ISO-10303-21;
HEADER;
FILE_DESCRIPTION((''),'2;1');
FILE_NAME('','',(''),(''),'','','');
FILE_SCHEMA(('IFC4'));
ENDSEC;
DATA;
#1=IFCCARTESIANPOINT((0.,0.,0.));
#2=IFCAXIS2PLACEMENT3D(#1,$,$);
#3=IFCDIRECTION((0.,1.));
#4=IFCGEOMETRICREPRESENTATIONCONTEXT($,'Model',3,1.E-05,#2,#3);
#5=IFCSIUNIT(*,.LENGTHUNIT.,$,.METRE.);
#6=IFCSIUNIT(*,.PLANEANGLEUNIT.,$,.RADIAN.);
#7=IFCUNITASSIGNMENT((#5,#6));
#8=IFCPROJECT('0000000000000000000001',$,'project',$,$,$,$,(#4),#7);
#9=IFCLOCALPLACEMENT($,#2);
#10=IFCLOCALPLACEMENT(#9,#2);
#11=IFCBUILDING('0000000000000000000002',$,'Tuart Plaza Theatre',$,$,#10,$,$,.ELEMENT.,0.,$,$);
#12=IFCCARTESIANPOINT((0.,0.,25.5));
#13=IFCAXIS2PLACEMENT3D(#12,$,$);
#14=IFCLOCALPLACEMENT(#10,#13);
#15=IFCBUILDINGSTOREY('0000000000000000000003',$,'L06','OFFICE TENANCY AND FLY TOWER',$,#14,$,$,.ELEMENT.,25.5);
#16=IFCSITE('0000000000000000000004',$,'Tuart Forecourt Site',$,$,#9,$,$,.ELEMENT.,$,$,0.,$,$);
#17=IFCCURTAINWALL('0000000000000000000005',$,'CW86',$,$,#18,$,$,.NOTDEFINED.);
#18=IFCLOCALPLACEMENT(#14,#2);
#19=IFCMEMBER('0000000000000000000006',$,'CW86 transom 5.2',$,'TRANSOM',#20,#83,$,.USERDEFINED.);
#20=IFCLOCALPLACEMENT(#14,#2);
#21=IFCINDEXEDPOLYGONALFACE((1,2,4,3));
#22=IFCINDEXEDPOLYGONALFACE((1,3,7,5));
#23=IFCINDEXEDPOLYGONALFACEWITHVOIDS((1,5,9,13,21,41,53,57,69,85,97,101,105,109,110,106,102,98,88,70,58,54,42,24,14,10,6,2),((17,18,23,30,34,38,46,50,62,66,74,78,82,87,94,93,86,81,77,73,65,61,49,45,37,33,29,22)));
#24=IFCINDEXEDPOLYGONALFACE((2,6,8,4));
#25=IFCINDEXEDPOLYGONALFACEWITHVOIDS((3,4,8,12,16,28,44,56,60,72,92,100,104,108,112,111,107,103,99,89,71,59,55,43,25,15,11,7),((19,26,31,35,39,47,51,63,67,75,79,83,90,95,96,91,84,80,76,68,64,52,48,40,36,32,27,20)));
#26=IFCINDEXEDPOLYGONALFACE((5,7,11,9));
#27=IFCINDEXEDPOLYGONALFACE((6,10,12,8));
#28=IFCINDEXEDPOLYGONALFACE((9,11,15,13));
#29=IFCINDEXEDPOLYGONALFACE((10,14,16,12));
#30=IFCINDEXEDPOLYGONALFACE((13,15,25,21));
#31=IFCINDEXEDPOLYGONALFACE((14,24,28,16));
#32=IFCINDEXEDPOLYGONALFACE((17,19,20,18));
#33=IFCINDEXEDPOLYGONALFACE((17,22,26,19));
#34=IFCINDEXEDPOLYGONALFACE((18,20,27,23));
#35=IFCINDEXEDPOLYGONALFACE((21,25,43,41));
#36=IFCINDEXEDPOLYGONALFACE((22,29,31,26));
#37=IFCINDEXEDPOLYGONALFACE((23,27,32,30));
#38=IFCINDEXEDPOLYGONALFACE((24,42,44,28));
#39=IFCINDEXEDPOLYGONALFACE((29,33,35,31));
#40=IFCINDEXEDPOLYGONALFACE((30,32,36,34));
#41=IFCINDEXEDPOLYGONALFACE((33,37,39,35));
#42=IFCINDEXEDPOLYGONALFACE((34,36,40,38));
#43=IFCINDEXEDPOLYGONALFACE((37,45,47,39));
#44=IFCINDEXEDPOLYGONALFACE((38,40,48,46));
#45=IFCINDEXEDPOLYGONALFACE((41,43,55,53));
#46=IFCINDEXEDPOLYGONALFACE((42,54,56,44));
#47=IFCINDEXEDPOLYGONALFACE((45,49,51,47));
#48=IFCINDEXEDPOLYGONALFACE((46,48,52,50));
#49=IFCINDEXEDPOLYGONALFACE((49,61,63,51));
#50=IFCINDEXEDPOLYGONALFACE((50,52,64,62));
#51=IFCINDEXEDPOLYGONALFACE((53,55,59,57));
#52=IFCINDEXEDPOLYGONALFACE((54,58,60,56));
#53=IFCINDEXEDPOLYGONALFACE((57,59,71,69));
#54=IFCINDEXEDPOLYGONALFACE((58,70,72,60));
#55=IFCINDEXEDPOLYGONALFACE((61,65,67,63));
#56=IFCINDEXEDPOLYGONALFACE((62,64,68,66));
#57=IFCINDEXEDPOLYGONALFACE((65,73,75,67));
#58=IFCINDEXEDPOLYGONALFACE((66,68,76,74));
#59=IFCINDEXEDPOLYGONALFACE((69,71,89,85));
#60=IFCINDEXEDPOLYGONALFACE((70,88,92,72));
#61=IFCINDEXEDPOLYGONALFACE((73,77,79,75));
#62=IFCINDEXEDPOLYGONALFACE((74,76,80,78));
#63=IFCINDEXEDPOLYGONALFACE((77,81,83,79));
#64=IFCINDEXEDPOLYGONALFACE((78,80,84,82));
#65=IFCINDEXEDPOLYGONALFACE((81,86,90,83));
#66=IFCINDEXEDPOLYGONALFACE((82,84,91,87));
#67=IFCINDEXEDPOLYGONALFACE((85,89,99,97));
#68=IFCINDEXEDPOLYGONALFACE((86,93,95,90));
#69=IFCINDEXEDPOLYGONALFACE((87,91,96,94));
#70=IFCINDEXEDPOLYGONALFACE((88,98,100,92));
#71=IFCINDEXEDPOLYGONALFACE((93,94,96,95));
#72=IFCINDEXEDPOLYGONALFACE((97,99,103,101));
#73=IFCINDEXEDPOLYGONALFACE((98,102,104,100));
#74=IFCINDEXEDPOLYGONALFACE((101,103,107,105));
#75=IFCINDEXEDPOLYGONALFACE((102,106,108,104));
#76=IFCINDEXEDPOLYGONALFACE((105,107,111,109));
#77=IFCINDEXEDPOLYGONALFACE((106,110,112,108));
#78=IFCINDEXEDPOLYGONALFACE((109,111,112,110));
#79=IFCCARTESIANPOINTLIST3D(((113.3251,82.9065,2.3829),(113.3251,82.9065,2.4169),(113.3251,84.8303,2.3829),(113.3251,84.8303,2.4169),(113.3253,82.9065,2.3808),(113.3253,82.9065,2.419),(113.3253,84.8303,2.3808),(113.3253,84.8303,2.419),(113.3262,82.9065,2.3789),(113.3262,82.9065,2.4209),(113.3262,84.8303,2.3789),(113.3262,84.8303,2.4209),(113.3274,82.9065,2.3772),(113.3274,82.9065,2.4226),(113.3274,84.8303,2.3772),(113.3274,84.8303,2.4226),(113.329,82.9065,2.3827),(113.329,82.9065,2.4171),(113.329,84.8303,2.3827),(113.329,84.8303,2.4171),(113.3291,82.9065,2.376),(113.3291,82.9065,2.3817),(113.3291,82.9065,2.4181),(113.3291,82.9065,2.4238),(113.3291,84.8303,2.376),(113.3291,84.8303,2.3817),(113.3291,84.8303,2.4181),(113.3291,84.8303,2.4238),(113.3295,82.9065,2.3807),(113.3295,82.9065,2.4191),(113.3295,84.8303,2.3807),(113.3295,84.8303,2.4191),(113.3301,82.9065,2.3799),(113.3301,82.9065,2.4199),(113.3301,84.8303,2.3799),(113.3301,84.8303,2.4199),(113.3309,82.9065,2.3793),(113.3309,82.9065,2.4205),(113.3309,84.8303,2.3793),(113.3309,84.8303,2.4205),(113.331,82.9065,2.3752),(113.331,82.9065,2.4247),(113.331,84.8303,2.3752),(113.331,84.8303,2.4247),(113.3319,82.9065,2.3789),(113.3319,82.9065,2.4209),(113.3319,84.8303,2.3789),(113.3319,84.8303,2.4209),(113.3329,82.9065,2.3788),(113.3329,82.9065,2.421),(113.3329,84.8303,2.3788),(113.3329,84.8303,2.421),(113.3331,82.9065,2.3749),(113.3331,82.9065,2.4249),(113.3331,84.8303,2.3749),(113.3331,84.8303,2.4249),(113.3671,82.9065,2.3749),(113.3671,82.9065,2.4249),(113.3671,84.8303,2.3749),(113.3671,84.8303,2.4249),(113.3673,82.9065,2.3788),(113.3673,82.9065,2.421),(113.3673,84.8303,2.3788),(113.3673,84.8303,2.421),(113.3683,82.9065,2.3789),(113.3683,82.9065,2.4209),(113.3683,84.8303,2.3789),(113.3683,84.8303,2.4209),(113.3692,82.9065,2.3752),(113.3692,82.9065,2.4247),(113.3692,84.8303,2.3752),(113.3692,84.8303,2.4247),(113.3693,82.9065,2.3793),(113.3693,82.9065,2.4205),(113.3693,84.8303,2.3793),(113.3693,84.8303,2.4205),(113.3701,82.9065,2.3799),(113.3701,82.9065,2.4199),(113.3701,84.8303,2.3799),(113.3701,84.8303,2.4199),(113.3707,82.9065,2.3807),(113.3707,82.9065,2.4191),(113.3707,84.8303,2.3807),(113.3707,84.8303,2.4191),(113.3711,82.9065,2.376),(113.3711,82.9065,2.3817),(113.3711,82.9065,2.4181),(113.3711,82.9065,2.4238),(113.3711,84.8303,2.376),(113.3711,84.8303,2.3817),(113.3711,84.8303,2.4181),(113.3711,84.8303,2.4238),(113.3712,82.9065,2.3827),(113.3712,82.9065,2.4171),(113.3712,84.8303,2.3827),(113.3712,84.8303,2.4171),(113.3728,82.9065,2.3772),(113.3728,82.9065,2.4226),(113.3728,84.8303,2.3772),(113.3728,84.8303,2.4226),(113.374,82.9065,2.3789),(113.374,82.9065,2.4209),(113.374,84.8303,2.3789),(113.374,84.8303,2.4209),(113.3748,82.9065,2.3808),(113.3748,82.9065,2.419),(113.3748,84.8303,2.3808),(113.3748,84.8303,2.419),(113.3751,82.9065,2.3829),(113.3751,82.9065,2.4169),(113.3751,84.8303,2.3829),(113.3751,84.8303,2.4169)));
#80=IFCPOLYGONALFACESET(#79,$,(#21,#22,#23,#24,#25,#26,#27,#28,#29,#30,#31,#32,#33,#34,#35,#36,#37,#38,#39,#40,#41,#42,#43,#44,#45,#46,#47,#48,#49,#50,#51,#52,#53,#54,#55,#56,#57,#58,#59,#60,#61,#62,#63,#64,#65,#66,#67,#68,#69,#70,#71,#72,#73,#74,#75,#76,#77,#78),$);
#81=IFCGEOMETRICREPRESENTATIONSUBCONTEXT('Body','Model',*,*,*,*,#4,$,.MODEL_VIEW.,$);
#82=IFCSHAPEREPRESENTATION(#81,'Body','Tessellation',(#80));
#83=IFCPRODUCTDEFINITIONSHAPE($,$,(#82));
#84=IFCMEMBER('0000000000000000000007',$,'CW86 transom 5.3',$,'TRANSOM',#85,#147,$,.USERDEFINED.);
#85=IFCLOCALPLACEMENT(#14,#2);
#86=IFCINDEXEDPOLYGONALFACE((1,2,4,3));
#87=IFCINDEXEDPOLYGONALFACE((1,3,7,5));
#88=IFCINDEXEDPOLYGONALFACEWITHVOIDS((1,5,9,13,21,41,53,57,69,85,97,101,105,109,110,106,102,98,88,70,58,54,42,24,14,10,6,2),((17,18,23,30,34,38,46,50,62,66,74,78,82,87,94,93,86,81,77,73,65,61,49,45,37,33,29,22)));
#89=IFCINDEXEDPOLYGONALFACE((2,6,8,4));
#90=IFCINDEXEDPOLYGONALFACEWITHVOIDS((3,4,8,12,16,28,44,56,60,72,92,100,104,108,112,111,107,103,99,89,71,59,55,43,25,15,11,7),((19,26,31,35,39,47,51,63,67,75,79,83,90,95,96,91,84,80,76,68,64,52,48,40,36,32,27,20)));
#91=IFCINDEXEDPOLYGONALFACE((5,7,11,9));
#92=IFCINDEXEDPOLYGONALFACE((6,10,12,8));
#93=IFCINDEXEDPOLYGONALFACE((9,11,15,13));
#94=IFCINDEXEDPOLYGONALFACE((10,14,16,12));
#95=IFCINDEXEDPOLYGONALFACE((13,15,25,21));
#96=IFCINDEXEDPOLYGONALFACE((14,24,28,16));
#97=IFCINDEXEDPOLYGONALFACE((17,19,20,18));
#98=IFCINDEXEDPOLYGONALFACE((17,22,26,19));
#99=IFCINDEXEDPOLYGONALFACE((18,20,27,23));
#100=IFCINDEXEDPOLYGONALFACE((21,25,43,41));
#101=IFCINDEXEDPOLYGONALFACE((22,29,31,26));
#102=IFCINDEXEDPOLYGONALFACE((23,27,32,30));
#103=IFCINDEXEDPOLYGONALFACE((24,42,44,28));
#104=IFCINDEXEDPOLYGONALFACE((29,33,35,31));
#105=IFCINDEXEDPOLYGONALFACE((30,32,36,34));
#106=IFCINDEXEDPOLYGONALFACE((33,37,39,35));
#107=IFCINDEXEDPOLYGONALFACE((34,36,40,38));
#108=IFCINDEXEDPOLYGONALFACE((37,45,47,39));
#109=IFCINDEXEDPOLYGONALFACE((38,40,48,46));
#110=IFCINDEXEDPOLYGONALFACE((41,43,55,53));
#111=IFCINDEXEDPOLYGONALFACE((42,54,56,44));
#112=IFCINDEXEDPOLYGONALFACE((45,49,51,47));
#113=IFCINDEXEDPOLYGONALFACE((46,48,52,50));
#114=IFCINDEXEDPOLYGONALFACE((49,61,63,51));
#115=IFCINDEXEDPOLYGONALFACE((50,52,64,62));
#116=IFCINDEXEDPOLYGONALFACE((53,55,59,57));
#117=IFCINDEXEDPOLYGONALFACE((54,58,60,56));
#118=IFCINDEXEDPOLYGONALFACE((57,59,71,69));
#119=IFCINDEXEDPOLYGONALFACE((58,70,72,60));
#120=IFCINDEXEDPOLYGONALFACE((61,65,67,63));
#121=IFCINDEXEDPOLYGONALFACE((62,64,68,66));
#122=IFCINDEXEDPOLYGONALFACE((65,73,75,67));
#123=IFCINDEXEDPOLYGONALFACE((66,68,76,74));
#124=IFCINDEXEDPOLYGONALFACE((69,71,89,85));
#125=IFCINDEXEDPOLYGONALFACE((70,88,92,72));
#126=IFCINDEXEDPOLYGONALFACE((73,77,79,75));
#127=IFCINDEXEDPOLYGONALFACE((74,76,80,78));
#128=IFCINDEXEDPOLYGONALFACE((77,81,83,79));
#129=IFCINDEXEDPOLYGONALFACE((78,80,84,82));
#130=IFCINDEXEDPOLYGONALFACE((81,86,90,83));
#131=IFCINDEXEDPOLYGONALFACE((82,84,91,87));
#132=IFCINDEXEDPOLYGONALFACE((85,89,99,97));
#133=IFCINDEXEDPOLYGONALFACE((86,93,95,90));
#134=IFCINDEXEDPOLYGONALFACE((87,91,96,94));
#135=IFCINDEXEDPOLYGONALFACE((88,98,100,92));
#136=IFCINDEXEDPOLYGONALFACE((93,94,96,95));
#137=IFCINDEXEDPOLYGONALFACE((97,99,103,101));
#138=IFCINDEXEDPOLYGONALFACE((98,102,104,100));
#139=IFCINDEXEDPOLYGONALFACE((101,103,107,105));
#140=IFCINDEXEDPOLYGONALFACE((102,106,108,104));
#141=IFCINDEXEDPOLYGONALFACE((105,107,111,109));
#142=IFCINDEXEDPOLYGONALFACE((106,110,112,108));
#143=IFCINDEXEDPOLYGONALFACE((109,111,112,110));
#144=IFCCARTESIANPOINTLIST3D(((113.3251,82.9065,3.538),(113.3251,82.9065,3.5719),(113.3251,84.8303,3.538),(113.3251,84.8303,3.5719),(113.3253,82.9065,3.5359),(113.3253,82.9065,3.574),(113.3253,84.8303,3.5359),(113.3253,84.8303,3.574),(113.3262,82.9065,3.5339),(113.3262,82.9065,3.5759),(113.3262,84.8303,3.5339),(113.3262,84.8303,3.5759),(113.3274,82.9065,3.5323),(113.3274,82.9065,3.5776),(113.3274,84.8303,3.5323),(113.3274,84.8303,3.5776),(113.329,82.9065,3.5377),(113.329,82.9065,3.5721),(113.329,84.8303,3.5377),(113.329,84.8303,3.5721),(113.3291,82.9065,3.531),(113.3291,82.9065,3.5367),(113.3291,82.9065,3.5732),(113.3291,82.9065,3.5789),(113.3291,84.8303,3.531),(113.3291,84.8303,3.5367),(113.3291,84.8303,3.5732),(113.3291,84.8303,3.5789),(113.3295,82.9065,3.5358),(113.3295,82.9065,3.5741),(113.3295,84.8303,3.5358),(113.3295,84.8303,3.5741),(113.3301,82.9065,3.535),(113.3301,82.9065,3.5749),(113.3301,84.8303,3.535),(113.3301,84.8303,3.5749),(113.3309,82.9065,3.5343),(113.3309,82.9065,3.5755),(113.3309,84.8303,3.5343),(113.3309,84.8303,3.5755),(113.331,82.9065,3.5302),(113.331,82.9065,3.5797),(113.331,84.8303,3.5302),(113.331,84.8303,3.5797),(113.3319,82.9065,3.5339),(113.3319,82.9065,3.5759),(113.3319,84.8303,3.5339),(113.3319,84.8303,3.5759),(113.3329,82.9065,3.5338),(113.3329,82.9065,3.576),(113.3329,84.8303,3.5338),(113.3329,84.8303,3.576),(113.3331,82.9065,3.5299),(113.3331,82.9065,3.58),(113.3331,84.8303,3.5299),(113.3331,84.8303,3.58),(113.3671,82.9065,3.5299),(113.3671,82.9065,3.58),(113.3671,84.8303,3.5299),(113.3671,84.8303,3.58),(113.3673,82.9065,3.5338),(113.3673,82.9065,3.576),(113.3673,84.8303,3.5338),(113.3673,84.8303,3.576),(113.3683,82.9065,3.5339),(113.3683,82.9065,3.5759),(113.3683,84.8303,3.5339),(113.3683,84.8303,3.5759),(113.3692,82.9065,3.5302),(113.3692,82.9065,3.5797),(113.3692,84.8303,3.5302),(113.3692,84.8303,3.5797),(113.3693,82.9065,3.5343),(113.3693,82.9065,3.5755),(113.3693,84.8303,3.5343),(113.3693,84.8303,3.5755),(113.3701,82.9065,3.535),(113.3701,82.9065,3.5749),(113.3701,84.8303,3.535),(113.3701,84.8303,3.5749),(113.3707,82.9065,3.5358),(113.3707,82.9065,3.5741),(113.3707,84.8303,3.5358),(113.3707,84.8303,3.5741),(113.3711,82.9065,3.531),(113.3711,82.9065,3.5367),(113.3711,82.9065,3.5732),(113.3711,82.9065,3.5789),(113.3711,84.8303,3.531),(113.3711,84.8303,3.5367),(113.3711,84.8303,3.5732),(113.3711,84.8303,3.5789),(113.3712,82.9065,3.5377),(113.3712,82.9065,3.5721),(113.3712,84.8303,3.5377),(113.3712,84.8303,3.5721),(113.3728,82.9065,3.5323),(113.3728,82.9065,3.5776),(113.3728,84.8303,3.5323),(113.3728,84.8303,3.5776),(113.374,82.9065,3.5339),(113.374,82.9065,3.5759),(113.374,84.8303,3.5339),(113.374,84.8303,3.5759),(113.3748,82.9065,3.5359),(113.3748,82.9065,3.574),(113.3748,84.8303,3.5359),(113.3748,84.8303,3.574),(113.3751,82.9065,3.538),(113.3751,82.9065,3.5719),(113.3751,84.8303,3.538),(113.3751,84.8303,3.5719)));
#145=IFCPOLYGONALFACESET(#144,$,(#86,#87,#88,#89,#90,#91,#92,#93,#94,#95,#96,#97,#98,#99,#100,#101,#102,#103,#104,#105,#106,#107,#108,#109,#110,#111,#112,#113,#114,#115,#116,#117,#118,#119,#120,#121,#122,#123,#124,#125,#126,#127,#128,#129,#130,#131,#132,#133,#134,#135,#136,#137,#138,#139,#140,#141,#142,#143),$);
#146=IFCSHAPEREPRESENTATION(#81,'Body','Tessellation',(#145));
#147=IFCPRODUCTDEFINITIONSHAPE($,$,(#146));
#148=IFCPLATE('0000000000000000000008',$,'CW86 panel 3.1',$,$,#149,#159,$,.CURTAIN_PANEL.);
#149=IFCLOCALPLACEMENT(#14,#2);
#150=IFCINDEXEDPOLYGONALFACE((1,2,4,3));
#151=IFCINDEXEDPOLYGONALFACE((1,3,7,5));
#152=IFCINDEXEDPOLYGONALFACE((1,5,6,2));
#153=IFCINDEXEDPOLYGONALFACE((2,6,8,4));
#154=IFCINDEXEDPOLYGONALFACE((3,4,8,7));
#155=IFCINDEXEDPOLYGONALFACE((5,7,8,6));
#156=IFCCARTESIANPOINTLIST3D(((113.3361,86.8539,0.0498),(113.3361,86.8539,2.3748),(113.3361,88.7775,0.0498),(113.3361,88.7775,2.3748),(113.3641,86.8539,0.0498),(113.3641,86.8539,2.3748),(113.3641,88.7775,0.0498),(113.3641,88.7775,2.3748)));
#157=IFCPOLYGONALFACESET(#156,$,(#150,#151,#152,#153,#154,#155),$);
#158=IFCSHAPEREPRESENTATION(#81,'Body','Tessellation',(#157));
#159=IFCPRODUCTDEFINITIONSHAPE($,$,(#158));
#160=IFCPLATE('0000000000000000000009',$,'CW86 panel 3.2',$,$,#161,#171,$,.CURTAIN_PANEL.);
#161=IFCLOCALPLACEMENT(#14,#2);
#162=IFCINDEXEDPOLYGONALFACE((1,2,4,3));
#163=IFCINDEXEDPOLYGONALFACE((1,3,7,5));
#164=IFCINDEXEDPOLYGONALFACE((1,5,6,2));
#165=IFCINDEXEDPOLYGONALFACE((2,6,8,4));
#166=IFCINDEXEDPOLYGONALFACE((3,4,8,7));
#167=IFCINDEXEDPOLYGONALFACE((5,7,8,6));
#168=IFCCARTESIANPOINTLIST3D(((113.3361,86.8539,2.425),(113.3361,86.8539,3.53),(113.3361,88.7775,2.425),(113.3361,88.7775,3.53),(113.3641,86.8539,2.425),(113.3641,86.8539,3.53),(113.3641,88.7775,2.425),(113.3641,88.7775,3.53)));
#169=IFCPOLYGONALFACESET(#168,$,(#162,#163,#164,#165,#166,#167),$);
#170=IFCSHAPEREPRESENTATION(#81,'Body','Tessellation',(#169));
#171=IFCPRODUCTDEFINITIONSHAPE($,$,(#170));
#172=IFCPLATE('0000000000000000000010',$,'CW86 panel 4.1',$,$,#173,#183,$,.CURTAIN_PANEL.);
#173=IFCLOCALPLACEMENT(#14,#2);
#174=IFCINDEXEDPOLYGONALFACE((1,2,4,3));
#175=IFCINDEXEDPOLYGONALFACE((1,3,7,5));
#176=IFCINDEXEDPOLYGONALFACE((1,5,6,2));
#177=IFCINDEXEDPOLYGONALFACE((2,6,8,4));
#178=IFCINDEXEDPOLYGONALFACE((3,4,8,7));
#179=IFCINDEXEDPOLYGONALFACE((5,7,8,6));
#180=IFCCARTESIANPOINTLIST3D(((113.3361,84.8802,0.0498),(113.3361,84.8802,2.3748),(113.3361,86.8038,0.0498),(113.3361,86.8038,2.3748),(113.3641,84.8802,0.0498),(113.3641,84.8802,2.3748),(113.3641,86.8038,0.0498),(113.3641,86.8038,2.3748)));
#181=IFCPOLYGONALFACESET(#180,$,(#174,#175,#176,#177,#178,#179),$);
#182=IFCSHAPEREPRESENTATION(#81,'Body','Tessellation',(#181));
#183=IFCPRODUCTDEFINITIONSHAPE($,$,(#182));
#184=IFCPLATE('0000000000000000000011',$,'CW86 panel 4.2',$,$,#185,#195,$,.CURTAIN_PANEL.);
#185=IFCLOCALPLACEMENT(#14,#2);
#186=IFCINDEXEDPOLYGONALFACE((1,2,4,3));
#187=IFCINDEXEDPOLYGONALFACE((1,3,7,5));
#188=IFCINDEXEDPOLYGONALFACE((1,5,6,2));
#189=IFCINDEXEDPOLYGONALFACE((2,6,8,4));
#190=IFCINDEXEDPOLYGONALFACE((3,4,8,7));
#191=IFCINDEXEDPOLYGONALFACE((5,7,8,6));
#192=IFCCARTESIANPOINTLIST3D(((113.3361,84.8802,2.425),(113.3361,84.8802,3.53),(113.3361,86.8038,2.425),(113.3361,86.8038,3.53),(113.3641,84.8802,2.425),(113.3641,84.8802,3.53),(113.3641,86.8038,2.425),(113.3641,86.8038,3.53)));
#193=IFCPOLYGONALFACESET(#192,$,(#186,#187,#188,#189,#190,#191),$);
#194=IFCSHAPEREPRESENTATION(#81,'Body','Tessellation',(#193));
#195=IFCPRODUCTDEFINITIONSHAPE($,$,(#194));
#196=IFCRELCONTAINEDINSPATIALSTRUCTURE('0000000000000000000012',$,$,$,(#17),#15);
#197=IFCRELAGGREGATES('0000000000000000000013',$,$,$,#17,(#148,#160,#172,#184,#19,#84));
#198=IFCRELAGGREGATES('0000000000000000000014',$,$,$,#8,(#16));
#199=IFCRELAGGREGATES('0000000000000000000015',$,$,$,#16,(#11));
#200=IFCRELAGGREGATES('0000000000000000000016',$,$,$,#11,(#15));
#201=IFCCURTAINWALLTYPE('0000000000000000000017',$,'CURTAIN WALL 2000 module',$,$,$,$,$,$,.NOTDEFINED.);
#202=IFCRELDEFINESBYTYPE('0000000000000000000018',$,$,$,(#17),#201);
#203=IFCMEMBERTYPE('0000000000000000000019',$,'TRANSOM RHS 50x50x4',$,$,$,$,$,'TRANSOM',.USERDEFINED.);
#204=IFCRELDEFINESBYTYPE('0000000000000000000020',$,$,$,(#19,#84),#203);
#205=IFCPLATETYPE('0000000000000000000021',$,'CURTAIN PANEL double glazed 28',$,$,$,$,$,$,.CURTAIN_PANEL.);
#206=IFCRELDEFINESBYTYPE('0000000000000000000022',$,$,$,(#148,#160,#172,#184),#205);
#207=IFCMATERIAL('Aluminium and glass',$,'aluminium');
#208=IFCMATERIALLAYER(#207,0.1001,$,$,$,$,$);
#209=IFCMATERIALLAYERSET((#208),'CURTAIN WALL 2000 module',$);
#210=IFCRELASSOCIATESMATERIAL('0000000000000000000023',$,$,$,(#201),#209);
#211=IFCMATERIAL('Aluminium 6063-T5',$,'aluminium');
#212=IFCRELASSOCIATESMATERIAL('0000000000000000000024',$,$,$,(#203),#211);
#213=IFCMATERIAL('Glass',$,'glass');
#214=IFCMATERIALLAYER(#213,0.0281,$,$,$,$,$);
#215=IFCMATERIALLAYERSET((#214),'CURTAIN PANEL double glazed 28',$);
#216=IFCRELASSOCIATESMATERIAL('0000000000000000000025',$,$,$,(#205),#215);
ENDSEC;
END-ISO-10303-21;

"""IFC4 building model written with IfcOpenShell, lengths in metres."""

from ifc_helpers import new_model, si_unit, direction, frame, origin, origin_2d, place, context, subcontext, project, spatial, rectangle, hollow_rectangle, extrude, material, layer, layer_set, material_profile, profile_set, type_object, element, aggregate, save


model = new_model("IFC4")

# Units and contexts
model_context = context("Model", 3, precision=1e-05, world=origin(), true_north=direction((0.0, 1.0)))
body_context = subcontext(model_context, "Body", "Model", "MODEL_VIEW")
ifc_project = project(units=[si_unit("LENGTHUNIT", "METRE"), si_unit("PLANEANGLEUNIT", "RADIAN")], contexts=[model_context])

# Site, building, storey
site_placement = place(None, origin())
site = spatial("IfcSite", under=ifc_project, at=site_placement, Name="Tuart Forecourt Site", CompositionType="ELEMENT", RefElevation=0.0)
building_placement = place(site_placement, origin())
building = spatial("IfcBuilding", under=site, at=building_placement, Name="Tuart Plaza Theatre", CompositionType="ELEMENT", ElevationOfRefHeight=0.0)
storey_placement = place(building_placement, frame((0.0, 0.0, 25.5)))
storey = spatial("IfcBuildingStorey", under=building, at=storey_placement, Name="L06", Description="OFFICE TENANCY AND FLY TOWER", CompositionType="ELEMENT", Elevation=25.5)

# Curtain wall, members, plates
ifc_material_1 = material(Name="Aluminium and glass", Category="aluminium")
ifc_layer_1 = layer(ifc_material_1, 0.1001)
ifc_layer_set_1 = layer_set([ifc_layer_1], Name="CURTAIN WALL 2000 module")
curtain_wall_type = type_object("IfcCurtainWallType", Name="CURTAIN WALL 2000 module", PredefinedType="NOTDEFINED", material=ifc_layer_set_1)
curtain_wall_placement = place(storey_placement, origin())
curtain_wall = element("IfcCurtainWall", 1, at=curtain_wall_placement, inside=storey, type_object=curtain_wall_type, Name="CW86", PredefinedType="NOTDEFINED")
ifc_material_2 = material(Name="Aluminium 6063-T5", Category="aluminium")
ifc_material_profile_1 = material_profile(ifc_material_2, hollow_rectangle(XDim=0.05, YDim=0.05, WallThickness=0.0039, InnerFilletRadius=0.0039, OuterFilletRadius=0.0081, at=origin_2d()), Name="RHS 50x50x4")
ifc_profile_set_1 = profile_set([ifc_material_profile_1], Name="Aluminium 6063-T5")
member_type = type_object("IfcMemberType", Name="TRANSOM RHS 50x50x4", ElementType="TRANSOM", PredefinedType="USERDEFINED", material=ifc_profile_set_1)
member_1_placement = place(storey_placement, frame((113.3501, 84.8303, 2.3999), z_axis=(0.0, -1.0, 0.0), x_axis=(1.0, 0.0, 0.0)))
member_1 = element("IfcMember", 2, at=member_1_placement, type_object=member_type, Name="CW86 transom 5.2", ObjectType="TRANSOM", PredefinedType="USERDEFINED", context=body_context, shape_type="SweptSolid", body=[
    extrude(hollow_rectangle(XDim=0.05, YDim=0.05, WallThickness=0.0039, InnerFilletRadius=0.0039, OuterFilletRadius=0.0081, at=origin_2d()), origin(), (0.0, 0.0, 1.0), 1.9238),
])
member_2_placement = place(storey_placement, frame((113.3501, 84.8303, 3.5549), z_axis=(0.0, -1.0, 0.0), x_axis=(1.0, 0.0, 0.0)))
member_2 = element("IfcMember", 3, at=member_2_placement, type_object=member_type, Name="CW86 transom 5.3", ObjectType="TRANSOM", PredefinedType="USERDEFINED", context=body_context, shape_type="SweptSolid", body=[
    extrude(hollow_rectangle(XDim=0.05, YDim=0.05, WallThickness=0.0039, InnerFilletRadius=0.0039, OuterFilletRadius=0.0081, at=origin_2d()), origin(), (0.0, 0.0, 1.0), 1.9238),
])
ifc_material_3 = material(Name="Glass", Category="glass")
ifc_layer_2 = layer(ifc_material_3, 0.0281)
ifc_layer_set_2 = layer_set([ifc_layer_2], Name="CURTAIN PANEL double glazed 28")
plate_type = type_object("IfcPlateType", Name="CURTAIN PANEL double glazed 28", PredefinedType="CURTAIN_PANEL", material=ifc_layer_set_2)
plate_1_placement = place(storey_placement, frame((113.3501, 87.8157, 0.0498), z_axis=(0.0, 0.0, 1.0), x_axis=(0.0, -1.0, 0.0)))
plate_1 = element("IfcPlate", 4, at=plate_1_placement, type_object=plate_type, Name="CW86 panel 3.1", PredefinedType="CURTAIN_PANEL", context=body_context, shape_type="SweptSolid", body=[
    extrude(rectangle(XDim=1.9236, YDim=0.0281, at=origin_2d()), origin(), (0.0, 0.0, 1.0), 2.325),
])
plate_2_placement = place(storey_placement, frame((113.3501, 87.8157, 2.425), z_axis=(0.0, 0.0, 1.0), x_axis=(0.0, -1.0, 0.0)))
plate_2 = element("IfcPlate", 5, at=plate_2_placement, type_object=plate_type, Name="CW86 panel 3.2", PredefinedType="CURTAIN_PANEL", context=body_context, shape_type="SweptSolid", body=[
    extrude(rectangle(XDim=1.9236, YDim=0.0281, at=origin_2d()), origin(), (0.0, 0.0, 1.0), 1.105),
])
plate_3_placement = place(storey_placement, frame((113.3501, 85.842, 0.0498), z_axis=(0.0, 0.0, 1.0), x_axis=(0.0, -1.0, 0.0)))
plate_3 = element("IfcPlate", 6, at=plate_3_placement, type_object=plate_type, Name="CW86 panel 4.1", PredefinedType="CURTAIN_PANEL", context=body_context, shape_type="SweptSolid", body=[
    extrude(rectangle(XDim=1.9236, YDim=0.0281, at=origin_2d()), origin(), (0.0, 0.0, 1.0), 2.325),
])
plate_4_placement = place(storey_placement, frame((113.3501, 85.842, 2.425), z_axis=(0.0, 0.0, 1.0), x_axis=(0.0, -1.0, 0.0)))
plate_4 = element("IfcPlate", 7, at=plate_4_placement, type_object=plate_type, Name="CW86 panel 4.2", PredefinedType="CURTAIN_PANEL", context=body_context, shape_type="SweptSolid", body=[
    extrude(rectangle(XDim=1.9236, YDim=0.0281, at=origin_2d()), origin(), (0.0, 0.0, 1.0), 1.105),
])
aggregate(curtain_wall, [plate_1, plate_2, plate_3, plate_4, member_1, member_2])

save(model, "model.ifc")
